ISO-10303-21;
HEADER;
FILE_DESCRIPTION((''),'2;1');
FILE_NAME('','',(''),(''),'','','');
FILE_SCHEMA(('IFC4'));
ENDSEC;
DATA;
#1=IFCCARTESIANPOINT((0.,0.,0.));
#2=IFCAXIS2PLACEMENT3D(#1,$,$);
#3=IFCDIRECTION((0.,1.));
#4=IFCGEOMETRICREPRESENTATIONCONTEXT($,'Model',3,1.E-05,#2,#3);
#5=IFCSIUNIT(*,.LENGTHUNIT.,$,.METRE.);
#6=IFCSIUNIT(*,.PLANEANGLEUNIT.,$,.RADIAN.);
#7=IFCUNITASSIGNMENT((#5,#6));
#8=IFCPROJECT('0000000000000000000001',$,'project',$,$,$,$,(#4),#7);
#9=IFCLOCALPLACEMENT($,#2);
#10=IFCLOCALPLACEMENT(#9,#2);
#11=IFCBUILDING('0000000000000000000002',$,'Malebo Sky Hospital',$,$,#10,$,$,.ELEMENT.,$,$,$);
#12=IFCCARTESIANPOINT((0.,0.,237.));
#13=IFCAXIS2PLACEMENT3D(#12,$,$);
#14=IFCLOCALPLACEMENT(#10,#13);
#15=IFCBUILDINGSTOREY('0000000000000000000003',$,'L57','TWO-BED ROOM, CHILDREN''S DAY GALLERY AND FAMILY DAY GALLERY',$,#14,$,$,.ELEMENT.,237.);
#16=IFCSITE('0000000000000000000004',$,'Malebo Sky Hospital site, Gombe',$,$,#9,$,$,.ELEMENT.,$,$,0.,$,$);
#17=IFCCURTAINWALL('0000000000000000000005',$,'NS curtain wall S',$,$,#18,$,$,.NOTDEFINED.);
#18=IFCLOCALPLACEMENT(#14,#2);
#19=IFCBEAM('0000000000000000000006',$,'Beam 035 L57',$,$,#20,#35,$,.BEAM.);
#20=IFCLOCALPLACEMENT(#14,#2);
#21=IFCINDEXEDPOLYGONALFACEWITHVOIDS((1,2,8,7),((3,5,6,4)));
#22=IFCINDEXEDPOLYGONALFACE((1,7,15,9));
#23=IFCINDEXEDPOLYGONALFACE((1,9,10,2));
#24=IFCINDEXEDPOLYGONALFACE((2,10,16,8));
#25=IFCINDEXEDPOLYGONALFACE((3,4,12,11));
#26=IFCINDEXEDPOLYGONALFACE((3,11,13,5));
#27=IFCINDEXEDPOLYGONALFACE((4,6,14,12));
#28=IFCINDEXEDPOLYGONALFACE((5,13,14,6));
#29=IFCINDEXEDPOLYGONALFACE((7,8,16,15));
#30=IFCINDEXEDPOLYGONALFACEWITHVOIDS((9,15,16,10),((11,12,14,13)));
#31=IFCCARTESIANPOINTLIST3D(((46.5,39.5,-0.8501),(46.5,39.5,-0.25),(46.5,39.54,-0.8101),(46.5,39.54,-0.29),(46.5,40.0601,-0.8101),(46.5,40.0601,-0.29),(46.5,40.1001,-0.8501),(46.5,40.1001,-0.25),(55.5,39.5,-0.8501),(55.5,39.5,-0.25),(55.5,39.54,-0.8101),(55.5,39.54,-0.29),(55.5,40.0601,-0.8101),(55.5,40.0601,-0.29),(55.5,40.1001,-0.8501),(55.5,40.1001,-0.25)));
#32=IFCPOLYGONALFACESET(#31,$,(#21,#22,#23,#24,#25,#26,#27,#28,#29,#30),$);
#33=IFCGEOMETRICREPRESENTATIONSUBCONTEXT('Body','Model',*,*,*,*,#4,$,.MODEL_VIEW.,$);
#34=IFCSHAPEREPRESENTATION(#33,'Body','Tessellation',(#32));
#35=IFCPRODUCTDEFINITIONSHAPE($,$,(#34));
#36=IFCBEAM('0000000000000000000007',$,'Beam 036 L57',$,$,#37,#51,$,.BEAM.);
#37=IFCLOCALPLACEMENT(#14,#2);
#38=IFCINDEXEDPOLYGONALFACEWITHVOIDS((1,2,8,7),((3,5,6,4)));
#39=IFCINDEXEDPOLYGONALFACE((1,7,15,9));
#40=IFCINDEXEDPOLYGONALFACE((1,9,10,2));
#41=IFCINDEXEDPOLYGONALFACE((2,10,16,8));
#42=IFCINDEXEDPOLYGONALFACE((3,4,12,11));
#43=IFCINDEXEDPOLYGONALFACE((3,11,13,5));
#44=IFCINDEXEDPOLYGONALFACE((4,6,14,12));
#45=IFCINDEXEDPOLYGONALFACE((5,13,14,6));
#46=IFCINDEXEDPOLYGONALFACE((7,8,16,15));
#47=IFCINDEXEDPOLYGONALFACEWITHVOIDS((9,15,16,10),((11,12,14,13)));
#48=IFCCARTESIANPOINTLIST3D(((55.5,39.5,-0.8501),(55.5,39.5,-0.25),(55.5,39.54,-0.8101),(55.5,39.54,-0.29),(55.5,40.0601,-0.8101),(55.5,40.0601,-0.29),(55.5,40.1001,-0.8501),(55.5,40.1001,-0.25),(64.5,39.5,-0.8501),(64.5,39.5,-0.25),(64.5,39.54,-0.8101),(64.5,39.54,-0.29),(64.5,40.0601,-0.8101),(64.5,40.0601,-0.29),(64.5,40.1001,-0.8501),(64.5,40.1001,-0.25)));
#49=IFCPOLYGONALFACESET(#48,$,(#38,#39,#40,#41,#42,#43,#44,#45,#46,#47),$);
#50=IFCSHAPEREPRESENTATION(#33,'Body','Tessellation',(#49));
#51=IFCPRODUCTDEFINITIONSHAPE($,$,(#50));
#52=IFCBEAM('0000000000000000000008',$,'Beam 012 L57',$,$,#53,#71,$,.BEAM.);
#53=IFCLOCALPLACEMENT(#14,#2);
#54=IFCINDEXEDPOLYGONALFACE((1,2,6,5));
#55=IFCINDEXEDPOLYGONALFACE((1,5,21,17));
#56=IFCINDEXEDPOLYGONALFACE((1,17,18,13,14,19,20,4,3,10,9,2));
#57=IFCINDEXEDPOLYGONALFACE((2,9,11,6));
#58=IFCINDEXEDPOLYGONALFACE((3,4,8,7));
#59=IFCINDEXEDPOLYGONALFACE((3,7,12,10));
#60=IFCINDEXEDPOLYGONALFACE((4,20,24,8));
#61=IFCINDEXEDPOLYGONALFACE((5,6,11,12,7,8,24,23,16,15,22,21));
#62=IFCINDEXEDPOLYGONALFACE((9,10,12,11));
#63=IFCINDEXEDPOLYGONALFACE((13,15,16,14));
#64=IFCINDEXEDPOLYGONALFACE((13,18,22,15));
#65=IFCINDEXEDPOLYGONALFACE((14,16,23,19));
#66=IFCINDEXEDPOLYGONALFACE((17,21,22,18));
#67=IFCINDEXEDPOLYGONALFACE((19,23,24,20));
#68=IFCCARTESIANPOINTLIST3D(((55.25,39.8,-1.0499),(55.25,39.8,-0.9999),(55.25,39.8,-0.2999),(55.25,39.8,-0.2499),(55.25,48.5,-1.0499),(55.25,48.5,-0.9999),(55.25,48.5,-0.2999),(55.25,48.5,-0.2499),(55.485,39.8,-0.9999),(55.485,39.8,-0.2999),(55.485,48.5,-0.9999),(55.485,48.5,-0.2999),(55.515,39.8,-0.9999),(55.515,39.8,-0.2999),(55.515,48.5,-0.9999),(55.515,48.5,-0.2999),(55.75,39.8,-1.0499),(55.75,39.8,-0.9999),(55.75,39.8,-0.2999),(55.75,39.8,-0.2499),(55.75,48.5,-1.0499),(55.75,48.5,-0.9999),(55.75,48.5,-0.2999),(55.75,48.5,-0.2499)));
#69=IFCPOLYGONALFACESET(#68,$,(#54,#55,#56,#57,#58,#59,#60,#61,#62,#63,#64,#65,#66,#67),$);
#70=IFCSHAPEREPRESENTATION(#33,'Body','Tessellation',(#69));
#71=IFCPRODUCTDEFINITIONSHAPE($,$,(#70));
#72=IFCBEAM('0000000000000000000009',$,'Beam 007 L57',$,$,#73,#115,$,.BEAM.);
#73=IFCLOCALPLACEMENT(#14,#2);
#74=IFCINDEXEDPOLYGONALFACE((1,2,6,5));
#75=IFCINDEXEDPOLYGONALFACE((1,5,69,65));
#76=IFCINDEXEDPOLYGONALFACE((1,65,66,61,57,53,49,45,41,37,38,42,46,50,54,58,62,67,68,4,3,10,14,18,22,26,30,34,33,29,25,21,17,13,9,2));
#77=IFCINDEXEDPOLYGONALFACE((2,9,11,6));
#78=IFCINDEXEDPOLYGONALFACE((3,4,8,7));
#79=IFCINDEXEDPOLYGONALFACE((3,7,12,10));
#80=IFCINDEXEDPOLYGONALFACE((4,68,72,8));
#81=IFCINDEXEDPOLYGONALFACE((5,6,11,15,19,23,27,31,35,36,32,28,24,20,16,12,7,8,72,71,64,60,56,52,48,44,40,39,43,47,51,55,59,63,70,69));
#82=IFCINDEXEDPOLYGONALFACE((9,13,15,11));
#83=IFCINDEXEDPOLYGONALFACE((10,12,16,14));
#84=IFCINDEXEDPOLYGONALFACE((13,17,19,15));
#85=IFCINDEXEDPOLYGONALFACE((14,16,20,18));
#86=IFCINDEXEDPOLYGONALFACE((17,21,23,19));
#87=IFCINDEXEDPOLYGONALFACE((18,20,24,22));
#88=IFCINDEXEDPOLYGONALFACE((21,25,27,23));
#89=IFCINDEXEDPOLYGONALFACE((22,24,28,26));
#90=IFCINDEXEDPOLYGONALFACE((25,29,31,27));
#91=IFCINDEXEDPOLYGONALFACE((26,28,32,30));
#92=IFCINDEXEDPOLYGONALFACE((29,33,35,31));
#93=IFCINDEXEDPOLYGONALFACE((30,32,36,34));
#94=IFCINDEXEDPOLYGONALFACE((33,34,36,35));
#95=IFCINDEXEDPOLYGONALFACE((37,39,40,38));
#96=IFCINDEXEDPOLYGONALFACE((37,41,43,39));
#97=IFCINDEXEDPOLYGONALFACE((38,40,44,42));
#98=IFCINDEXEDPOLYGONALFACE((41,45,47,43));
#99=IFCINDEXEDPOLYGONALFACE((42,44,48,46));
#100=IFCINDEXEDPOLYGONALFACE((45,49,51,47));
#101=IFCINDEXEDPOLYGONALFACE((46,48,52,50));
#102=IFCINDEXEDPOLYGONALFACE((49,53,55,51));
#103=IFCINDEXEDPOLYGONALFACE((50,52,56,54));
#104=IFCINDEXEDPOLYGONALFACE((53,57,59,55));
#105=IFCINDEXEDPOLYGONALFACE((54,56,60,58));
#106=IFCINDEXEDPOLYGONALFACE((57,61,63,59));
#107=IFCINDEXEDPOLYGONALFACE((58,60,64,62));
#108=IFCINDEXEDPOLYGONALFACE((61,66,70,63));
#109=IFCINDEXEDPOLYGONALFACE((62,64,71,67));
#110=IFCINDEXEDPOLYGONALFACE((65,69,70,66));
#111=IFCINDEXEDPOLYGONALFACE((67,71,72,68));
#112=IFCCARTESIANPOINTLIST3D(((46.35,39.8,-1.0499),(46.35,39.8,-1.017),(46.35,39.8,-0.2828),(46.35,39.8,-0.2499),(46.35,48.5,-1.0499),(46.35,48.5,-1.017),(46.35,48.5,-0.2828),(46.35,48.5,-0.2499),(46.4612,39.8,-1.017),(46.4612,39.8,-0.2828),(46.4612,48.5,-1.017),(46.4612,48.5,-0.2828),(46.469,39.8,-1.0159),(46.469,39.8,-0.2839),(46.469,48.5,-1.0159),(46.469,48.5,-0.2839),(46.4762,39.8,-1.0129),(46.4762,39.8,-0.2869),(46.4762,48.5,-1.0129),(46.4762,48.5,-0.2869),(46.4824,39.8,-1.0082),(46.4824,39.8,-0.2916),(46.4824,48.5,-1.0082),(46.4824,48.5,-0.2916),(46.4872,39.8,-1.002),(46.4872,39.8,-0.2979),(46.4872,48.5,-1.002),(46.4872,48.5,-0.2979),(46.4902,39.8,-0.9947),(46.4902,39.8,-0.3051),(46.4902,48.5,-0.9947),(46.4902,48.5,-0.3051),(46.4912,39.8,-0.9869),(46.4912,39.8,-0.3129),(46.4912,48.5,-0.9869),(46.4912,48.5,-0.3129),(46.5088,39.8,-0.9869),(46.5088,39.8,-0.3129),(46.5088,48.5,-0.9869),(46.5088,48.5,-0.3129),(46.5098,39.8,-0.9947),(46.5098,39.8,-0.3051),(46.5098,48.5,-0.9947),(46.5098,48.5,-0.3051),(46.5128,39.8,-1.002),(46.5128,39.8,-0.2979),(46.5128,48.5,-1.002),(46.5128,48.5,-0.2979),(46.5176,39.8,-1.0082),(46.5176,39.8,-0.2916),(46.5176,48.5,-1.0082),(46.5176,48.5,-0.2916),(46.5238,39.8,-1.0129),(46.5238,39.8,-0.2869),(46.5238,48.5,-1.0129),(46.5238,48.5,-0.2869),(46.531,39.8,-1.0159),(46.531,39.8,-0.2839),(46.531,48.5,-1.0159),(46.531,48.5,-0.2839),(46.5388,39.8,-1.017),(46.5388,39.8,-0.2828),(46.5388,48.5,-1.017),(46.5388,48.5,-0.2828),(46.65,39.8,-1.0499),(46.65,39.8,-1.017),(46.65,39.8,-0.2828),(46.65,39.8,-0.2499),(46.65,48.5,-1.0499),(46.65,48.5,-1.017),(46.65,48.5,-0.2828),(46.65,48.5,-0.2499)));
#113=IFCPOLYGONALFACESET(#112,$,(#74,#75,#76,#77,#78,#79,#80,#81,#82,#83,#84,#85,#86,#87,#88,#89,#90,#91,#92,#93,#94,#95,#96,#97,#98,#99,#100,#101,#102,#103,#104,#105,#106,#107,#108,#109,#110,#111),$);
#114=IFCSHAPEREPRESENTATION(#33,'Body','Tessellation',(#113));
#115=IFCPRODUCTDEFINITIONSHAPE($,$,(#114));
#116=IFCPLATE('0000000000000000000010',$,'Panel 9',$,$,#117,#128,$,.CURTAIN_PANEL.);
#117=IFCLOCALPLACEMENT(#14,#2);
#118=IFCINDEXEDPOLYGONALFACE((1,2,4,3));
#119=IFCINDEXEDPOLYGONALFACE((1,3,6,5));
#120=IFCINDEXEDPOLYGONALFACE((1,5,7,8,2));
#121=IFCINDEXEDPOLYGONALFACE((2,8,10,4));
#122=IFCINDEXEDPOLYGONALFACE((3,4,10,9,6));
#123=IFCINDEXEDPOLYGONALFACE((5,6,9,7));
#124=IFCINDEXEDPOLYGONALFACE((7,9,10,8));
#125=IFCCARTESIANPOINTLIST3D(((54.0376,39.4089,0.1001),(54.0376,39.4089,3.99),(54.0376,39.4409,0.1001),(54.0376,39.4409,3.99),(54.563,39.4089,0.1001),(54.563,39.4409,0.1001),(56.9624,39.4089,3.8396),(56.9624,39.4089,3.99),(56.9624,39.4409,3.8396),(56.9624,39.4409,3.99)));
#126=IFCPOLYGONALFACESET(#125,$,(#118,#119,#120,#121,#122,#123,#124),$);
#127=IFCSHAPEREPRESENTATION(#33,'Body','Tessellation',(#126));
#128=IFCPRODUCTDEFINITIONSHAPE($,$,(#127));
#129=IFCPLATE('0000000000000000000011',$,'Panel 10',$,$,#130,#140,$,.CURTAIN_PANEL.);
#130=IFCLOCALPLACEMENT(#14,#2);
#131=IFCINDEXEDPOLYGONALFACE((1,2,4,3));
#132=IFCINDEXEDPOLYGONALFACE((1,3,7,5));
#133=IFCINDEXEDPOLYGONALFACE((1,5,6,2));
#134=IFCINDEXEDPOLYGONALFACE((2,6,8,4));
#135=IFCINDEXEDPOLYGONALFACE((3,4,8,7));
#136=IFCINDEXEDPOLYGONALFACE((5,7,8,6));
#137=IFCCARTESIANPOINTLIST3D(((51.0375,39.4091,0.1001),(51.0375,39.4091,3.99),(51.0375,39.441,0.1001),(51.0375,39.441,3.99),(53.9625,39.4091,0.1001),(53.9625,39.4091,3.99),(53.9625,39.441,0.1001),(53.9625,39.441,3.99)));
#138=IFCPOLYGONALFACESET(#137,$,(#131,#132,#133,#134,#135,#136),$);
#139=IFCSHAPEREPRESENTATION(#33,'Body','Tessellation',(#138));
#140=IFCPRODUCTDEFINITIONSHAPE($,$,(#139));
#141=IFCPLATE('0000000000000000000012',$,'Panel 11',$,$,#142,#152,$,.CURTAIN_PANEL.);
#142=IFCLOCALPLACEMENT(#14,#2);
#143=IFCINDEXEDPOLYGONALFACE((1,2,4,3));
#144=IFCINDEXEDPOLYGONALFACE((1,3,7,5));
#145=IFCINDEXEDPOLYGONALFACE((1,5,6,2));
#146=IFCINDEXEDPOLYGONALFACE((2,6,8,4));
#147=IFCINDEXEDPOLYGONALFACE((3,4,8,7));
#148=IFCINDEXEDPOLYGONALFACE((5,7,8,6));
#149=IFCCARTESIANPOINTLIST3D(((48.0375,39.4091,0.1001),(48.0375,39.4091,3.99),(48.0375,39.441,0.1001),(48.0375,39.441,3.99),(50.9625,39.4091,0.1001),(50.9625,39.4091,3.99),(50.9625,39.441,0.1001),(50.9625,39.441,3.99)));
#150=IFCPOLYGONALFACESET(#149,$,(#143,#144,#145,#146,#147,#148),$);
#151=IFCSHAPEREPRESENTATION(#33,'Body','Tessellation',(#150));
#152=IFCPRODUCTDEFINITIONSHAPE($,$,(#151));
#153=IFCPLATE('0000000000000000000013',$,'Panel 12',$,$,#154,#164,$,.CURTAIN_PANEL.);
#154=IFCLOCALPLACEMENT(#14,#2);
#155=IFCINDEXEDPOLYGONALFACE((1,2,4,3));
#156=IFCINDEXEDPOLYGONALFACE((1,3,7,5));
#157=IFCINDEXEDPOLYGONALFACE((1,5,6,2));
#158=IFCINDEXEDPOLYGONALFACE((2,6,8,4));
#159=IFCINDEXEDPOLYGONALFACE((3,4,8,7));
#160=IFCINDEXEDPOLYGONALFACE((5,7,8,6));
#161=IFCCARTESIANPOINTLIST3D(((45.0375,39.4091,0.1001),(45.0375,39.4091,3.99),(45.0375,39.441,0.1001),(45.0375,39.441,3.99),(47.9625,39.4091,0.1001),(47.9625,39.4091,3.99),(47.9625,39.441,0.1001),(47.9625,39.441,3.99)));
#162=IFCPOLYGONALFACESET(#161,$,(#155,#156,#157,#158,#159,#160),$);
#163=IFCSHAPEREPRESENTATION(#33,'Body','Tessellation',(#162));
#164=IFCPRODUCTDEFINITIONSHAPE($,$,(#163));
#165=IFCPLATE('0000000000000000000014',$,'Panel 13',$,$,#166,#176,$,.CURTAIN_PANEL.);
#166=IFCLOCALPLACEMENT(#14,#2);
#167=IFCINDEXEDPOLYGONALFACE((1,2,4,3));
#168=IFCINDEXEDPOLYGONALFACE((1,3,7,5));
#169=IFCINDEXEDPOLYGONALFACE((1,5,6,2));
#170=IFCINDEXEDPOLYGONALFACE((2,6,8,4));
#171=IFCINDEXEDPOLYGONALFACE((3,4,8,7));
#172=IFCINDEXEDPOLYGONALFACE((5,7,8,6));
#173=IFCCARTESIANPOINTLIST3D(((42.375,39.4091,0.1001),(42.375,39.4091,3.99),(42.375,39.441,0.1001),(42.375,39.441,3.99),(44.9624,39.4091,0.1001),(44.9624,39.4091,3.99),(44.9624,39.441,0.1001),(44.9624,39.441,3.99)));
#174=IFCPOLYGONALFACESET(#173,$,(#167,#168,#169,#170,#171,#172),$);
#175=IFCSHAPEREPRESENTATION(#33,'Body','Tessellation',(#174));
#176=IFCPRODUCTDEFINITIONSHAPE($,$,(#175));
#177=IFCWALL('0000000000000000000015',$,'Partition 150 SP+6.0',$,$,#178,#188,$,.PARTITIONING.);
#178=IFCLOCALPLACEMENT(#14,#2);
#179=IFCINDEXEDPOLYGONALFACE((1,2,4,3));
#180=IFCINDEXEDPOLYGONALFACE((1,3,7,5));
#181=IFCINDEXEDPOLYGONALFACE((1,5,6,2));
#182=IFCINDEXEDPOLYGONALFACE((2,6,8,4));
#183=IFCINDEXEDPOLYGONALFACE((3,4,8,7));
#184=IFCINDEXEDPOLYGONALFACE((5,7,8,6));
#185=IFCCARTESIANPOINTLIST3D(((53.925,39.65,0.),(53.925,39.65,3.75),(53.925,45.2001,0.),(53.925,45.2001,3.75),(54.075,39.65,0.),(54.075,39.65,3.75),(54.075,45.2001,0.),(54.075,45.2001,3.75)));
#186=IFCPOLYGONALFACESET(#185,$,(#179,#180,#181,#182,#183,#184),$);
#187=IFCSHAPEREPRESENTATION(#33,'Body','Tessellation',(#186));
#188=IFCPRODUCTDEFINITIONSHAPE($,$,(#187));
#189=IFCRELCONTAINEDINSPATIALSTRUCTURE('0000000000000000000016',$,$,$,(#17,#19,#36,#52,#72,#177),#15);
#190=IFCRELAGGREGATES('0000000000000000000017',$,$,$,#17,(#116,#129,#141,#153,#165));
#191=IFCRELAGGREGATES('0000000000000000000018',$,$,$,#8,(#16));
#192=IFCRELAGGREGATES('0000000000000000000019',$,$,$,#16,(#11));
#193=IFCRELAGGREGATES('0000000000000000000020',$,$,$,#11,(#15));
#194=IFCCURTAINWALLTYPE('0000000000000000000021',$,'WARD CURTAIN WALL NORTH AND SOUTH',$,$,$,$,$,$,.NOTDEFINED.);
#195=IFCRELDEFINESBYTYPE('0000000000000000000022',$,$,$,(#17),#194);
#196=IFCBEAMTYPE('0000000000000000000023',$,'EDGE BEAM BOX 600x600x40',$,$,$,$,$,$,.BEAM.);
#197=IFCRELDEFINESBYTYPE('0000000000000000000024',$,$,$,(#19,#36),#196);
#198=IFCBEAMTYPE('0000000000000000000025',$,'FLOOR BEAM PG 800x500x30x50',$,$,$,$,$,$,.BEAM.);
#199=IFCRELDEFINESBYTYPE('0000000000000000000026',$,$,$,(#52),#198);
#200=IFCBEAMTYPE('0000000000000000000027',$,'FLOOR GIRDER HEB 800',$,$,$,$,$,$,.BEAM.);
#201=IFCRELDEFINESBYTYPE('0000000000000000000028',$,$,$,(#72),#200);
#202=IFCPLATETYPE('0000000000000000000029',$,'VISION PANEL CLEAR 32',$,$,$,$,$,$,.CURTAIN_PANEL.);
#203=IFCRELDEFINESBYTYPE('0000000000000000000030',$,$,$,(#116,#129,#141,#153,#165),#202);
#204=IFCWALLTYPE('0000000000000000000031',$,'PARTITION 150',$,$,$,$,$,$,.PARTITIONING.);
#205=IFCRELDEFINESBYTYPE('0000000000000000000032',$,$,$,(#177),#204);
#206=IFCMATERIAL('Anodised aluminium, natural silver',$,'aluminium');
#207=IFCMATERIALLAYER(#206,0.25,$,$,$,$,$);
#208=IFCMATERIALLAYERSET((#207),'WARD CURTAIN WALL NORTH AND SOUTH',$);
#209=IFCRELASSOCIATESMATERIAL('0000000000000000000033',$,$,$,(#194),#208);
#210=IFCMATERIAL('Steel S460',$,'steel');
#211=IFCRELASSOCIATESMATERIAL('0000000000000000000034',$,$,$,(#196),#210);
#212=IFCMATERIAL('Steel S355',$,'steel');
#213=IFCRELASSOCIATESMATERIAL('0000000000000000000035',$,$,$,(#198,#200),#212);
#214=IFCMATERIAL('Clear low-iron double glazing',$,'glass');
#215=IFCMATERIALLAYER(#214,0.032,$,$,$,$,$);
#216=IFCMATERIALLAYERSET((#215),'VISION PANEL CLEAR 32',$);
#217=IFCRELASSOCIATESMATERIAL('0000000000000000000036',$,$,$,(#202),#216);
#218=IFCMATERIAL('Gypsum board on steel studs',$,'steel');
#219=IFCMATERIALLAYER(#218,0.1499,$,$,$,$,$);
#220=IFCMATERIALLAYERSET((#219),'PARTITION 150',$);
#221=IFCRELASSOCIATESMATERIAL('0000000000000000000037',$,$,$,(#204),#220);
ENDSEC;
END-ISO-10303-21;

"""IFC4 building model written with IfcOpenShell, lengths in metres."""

from ifc_helpers import new_model, si_unit, direction, frame, frame_2d, origin, origin_2d, place, context, subcontext, project, spatial, polyline, rectangle, hollow_rectangle, i_section, outline, extrude, material, layer, layer_set, material_profile, profile_set, type_object, element, aggregate, save


model = new_model("IFC4")

# Units and contexts
model_context = context("Model", 3, precision=1e-05, world=origin(), true_north=direction((0.0, 1.0)))
body_context = subcontext(model_context, "Body", "Model", "MODEL_VIEW")
ifc_project = project(units=[si_unit("LENGTHUNIT", "METRE"), si_unit("PLANEANGLEUNIT", "RADIAN")], contexts=[model_context])

# Site, building, storey
site_placement = place(None, origin())
site = spatial("IfcSite", under=ifc_project, at=site_placement, Name="Malebo Sky Hospital site, Gombe", CompositionType="ELEMENT", RefElevation=0.0)
building_placement = place(site_placement, origin())
building = spatial("IfcBuilding", under=site, at=building_placement, Name="Malebo Sky Hospital", CompositionType="ELEMENT")
storey_placement = place(building_placement, frame((0.0, 0.0, 237.0)))
storey = spatial("IfcBuildingStorey", under=building, at=storey_placement, Name="L57", Description="TWO-BED ROOM, CHILDREN'S DAY GALLERY AND FAMILY DAY GALLERY", CompositionType="ELEMENT", Elevation=237.0)

# Shared definitions
ifc_material_1 = material(Name="Steel S460", Category="steel")

# Curtain wall
ifc_material_2 = material(Name="Anodised aluminium, natural silver", Category="aluminium")
ifc_layer_1 = layer(ifc_material_2, 0.25)
ifc_layer_set_1 = layer_set([ifc_layer_1], Name="WARD CURTAIN WALL NORTH AND SOUTH")
curtain_wall_type = type_object("IfcCurtainWallType", Name="WARD CURTAIN WALL NORTH AND SOUTH", PredefinedType="NOTDEFINED", material=ifc_layer_set_1)
curtain_wall_placement = place(storey_placement, origin())
curtain_wall = element("IfcCurtainWall", 1, at=curtain_wall_placement, inside=storey, type_object=curtain_wall_type, Name="NS curtain wall S", PredefinedType="NOTDEFINED")

# Shared definitions
ifc_material_3 = material(Name="Steel S355", Category="steel")

# Beams
ifc_material_profile_1 = material_profile(ifc_material_1, hollow_rectangle(XDim=0.6001, YDim=0.6001, WallThickness=0.04, at=origin_2d()), Name="BOX 600x600x40")
ifc_profile_set_1 = profile_set([ifc_material_profile_1], Name="Steel S460")
beam_type_1 = type_object("IfcBeamType", Name="EDGE BEAM BOX 600x600x40", PredefinedType="BEAM", material=ifc_profile_set_1)
for number, where, z_axis, x_axis, name in (
    (2, (46.5, 39.8, -0.55), (1.0, 0.0, 0.0), (0.0, 1.0, 0.0), "Beam 035 L57"),
    (3, (55.5, 39.8, -0.55), (1.0, 0.0, 0.0), (0.0, 1.0, 0.0), "Beam 036 L57"),
):
    element("IfcBeam", number, at=place(storey_placement, frame(where, z_axis=z_axis, x_axis=x_axis)), inside=storey, type_object=beam_type_1, Name=name, PredefinedType="BEAM", context=body_context, shape_type="SweptSolid", body=[
        extrude(hollow_rectangle(XDim=0.6001, YDim=0.6001, WallThickness=0.04, at=origin_2d()), origin(), (0.0, 0.0, 1.0), 9.0),
    ])
ifc_material_profile_2 = material_profile(ifc_material_3, i_section(OverallWidth=0.5, OverallDepth=0.8, WebThickness=0.03, FlangeThickness=0.05, at=origin_2d()), Name="PG 800x500x30x50")
ifc_profile_set_2 = profile_set([ifc_material_profile_2], Name="Steel S355")
beam_type_2 = type_object("IfcBeamType", Name="FLOOR BEAM PG 800x500x30x50", PredefinedType="BEAM", material=ifc_profile_set_2)
beam_1_placement = place(storey_placement, frame((55.5, 39.8, -0.6499), z_axis=(0.0, 1.0, 0.0), x_axis=(-1.0, 0.0, 0.0)))
element("IfcBeam", 4, at=beam_1_placement, inside=storey, type_object=beam_type_2, Name="Beam 012 L57", PredefinedType="BEAM", context=body_context, shape_type="SweptSolid", body=[
    extrude(i_section(OverallWidth=0.5, OverallDepth=0.8, WebThickness=0.03, FlangeThickness=0.05, at=origin_2d()), origin(), (0.0, 0.0, 1.0), 8.7),
])
ifc_material_profile_3 = material_profile(ifc_material_3, i_section(OverallWidth=0.3, OverallDepth=0.8, WebThickness=0.0176, FlangeThickness=0.033, FilletRadius=0.03, at=origin_2d()), Name="HEB 800")
ifc_profile_set_3 = profile_set([ifc_material_profile_3], Name="Steel S355")
beam_type_3 = type_object("IfcBeamType", Name="FLOOR GIRDER HEB 800", PredefinedType="BEAM", material=ifc_profile_set_3)
beam_2_placement = place(storey_placement, frame((46.5, 39.8, -0.6499), z_axis=(0.0, 1.0, 0.0), x_axis=(-1.0, 0.0, 0.0)))
element("IfcBeam", 5, at=beam_2_placement, inside=storey, type_object=beam_type_3, Name="Beam 007 L57", PredefinedType="BEAM", context=body_context, shape_type="SweptSolid", body=[
    extrude(i_section(OverallWidth=0.3, OverallDepth=0.8, WebThickness=0.0176, FlangeThickness=0.033, FilletRadius=0.03, at=origin_2d()), origin(), (0.0, 0.0, 1.0), 8.7),
])

# Plates
ifc_material_4 = material(Name="Clear low-iron double glazing", Category="glass")
ifc_layer_2 = layer(ifc_material_4, 0.032)
ifc_layer_set_2 = layer_set([ifc_layer_2], Name="VISION PANEL CLEAR 32")
plate_type = type_object("IfcPlateType", Name="VISION PANEL CLEAR 32", PredefinedType="CURTAIN_PANEL", material=ifc_layer_set_2)
plate_1_placement = place(storey_placement, frame((55.5, 39.425, 0.1001), z_axis=(0.0, 0.0, 1.0), x_axis=(-1.0, 0.0, 0.0)))
plate_1 = element("IfcPlate", 6, at=plate_1_placement, type_object=plate_type, Name="Panel 9", PredefinedType="CURTAIN_PANEL", context=body_context, shape_type="SweptSolid", body=[
    extrude(outline(polyline([(0.937, 0.0), (1.4624, 0.0), (1.4624, 3.8899), (-1.4624, 3.8899), (-1.4624, 3.7395), (0.937, 0.0)])), frame((0.0, 0.0161, 0.0), z_axis=(0.0, -1.0, 0.0), x_axis=(1.0, 0.0, 0.0)), (0.0, 0.0, 1.0), 0.032),
])
plate_2_placement = place(storey_placement, frame((52.5, 39.425, 0.1001), z_axis=(0.0, 0.0, 1.0), x_axis=(-1.0, 0.0, 0.0)))
plate_2 = element("IfcPlate", 7, at=plate_2_placement, type_object=plate_type, Name="Panel 10", PredefinedType="CURTAIN_PANEL", context=body_context, shape_type="SweptSolid", body=[
    extrude(rectangle(XDim=2.925, YDim=0.032, at=origin_2d()), origin(), (0.0, 0.0, 1.0), 3.8899),
])
plate_3_placement = place(storey_placement, frame((49.5, 39.425, 0.1001), z_axis=(0.0, 0.0, 1.0), x_axis=(-1.0, 0.0, 0.0)))
plate_3 = element("IfcPlate", 8, at=plate_3_placement, type_object=plate_type, Name="Panel 11", PredefinedType="CURTAIN_PANEL", context=body_context, shape_type="SweptSolid", body=[
    extrude(rectangle(XDim=2.925, YDim=0.032, at=origin_2d()), origin(), (0.0, 0.0, 1.0), 3.8899),
])
plate_4_placement = place(storey_placement, frame((46.5, 39.425, 0.1001), z_axis=(0.0, 0.0, 1.0), x_axis=(-1.0, 0.0, 0.0)))
plate_4 = element("IfcPlate", 9, at=plate_4_placement, type_object=plate_type, Name="Panel 12", PredefinedType="CURTAIN_PANEL", context=body_context, shape_type="SweptSolid", body=[
    extrude(rectangle(XDim=2.925, YDim=0.032, at=origin_2d()), origin(), (0.0, 0.0, 1.0), 3.8899),
])
plate_5_placement = place(storey_placement, frame((43.6687, 39.425, 0.1001), z_axis=(0.0, 0.0, 1.0), x_axis=(-1.0, 0.0, 0.0)))
plate_5 = element("IfcPlate", 10, at=plate_5_placement, type_object=plate_type, Name="Panel 13", PredefinedType="CURTAIN_PANEL", context=body_context, shape_type="SweptSolid", body=[
    extrude(rectangle(XDim=2.5874, YDim=0.032, at=origin_2d()), origin(), (0.0, 0.0, 1.0), 3.8899),
])
aggregate(curtain_wall, [plate_1, plate_2, plate_3, plate_4, plate_5])

# Wall
ifc_material_5 = material(Name="Gypsum board on steel studs", Category="steel")
ifc_layer_3 = layer(ifc_material_5, 0.1499)
ifc_layer_set_3 = layer_set([ifc_layer_3], Name="PARTITION 150")
wall_type = type_object("IfcWallType", Name="PARTITION 150", PredefinedType="PARTITIONING", material=ifc_layer_set_3)
wall_1_placement = place(storey_placement, frame((54.0, 45.2, 0.0), z_axis=(0.0, 0.0, 1.0), x_axis=(0.0, -1.0, 0.0)))
element("IfcWall", 11, at=wall_1_placement, inside=storey, type_object=wall_type, Name="Partition 150 SP+6.0", PredefinedType="PARTITIONING", context=body_context, shape_type="SweptSolid", body=[
    extrude(rectangle(XDim=5.55, YDim=0.1499, at=frame_2d((2.7749, 0.0))), origin(), (0.0, 0.0, 1.0), 3.75),
])

save(model, "model.ifc")
